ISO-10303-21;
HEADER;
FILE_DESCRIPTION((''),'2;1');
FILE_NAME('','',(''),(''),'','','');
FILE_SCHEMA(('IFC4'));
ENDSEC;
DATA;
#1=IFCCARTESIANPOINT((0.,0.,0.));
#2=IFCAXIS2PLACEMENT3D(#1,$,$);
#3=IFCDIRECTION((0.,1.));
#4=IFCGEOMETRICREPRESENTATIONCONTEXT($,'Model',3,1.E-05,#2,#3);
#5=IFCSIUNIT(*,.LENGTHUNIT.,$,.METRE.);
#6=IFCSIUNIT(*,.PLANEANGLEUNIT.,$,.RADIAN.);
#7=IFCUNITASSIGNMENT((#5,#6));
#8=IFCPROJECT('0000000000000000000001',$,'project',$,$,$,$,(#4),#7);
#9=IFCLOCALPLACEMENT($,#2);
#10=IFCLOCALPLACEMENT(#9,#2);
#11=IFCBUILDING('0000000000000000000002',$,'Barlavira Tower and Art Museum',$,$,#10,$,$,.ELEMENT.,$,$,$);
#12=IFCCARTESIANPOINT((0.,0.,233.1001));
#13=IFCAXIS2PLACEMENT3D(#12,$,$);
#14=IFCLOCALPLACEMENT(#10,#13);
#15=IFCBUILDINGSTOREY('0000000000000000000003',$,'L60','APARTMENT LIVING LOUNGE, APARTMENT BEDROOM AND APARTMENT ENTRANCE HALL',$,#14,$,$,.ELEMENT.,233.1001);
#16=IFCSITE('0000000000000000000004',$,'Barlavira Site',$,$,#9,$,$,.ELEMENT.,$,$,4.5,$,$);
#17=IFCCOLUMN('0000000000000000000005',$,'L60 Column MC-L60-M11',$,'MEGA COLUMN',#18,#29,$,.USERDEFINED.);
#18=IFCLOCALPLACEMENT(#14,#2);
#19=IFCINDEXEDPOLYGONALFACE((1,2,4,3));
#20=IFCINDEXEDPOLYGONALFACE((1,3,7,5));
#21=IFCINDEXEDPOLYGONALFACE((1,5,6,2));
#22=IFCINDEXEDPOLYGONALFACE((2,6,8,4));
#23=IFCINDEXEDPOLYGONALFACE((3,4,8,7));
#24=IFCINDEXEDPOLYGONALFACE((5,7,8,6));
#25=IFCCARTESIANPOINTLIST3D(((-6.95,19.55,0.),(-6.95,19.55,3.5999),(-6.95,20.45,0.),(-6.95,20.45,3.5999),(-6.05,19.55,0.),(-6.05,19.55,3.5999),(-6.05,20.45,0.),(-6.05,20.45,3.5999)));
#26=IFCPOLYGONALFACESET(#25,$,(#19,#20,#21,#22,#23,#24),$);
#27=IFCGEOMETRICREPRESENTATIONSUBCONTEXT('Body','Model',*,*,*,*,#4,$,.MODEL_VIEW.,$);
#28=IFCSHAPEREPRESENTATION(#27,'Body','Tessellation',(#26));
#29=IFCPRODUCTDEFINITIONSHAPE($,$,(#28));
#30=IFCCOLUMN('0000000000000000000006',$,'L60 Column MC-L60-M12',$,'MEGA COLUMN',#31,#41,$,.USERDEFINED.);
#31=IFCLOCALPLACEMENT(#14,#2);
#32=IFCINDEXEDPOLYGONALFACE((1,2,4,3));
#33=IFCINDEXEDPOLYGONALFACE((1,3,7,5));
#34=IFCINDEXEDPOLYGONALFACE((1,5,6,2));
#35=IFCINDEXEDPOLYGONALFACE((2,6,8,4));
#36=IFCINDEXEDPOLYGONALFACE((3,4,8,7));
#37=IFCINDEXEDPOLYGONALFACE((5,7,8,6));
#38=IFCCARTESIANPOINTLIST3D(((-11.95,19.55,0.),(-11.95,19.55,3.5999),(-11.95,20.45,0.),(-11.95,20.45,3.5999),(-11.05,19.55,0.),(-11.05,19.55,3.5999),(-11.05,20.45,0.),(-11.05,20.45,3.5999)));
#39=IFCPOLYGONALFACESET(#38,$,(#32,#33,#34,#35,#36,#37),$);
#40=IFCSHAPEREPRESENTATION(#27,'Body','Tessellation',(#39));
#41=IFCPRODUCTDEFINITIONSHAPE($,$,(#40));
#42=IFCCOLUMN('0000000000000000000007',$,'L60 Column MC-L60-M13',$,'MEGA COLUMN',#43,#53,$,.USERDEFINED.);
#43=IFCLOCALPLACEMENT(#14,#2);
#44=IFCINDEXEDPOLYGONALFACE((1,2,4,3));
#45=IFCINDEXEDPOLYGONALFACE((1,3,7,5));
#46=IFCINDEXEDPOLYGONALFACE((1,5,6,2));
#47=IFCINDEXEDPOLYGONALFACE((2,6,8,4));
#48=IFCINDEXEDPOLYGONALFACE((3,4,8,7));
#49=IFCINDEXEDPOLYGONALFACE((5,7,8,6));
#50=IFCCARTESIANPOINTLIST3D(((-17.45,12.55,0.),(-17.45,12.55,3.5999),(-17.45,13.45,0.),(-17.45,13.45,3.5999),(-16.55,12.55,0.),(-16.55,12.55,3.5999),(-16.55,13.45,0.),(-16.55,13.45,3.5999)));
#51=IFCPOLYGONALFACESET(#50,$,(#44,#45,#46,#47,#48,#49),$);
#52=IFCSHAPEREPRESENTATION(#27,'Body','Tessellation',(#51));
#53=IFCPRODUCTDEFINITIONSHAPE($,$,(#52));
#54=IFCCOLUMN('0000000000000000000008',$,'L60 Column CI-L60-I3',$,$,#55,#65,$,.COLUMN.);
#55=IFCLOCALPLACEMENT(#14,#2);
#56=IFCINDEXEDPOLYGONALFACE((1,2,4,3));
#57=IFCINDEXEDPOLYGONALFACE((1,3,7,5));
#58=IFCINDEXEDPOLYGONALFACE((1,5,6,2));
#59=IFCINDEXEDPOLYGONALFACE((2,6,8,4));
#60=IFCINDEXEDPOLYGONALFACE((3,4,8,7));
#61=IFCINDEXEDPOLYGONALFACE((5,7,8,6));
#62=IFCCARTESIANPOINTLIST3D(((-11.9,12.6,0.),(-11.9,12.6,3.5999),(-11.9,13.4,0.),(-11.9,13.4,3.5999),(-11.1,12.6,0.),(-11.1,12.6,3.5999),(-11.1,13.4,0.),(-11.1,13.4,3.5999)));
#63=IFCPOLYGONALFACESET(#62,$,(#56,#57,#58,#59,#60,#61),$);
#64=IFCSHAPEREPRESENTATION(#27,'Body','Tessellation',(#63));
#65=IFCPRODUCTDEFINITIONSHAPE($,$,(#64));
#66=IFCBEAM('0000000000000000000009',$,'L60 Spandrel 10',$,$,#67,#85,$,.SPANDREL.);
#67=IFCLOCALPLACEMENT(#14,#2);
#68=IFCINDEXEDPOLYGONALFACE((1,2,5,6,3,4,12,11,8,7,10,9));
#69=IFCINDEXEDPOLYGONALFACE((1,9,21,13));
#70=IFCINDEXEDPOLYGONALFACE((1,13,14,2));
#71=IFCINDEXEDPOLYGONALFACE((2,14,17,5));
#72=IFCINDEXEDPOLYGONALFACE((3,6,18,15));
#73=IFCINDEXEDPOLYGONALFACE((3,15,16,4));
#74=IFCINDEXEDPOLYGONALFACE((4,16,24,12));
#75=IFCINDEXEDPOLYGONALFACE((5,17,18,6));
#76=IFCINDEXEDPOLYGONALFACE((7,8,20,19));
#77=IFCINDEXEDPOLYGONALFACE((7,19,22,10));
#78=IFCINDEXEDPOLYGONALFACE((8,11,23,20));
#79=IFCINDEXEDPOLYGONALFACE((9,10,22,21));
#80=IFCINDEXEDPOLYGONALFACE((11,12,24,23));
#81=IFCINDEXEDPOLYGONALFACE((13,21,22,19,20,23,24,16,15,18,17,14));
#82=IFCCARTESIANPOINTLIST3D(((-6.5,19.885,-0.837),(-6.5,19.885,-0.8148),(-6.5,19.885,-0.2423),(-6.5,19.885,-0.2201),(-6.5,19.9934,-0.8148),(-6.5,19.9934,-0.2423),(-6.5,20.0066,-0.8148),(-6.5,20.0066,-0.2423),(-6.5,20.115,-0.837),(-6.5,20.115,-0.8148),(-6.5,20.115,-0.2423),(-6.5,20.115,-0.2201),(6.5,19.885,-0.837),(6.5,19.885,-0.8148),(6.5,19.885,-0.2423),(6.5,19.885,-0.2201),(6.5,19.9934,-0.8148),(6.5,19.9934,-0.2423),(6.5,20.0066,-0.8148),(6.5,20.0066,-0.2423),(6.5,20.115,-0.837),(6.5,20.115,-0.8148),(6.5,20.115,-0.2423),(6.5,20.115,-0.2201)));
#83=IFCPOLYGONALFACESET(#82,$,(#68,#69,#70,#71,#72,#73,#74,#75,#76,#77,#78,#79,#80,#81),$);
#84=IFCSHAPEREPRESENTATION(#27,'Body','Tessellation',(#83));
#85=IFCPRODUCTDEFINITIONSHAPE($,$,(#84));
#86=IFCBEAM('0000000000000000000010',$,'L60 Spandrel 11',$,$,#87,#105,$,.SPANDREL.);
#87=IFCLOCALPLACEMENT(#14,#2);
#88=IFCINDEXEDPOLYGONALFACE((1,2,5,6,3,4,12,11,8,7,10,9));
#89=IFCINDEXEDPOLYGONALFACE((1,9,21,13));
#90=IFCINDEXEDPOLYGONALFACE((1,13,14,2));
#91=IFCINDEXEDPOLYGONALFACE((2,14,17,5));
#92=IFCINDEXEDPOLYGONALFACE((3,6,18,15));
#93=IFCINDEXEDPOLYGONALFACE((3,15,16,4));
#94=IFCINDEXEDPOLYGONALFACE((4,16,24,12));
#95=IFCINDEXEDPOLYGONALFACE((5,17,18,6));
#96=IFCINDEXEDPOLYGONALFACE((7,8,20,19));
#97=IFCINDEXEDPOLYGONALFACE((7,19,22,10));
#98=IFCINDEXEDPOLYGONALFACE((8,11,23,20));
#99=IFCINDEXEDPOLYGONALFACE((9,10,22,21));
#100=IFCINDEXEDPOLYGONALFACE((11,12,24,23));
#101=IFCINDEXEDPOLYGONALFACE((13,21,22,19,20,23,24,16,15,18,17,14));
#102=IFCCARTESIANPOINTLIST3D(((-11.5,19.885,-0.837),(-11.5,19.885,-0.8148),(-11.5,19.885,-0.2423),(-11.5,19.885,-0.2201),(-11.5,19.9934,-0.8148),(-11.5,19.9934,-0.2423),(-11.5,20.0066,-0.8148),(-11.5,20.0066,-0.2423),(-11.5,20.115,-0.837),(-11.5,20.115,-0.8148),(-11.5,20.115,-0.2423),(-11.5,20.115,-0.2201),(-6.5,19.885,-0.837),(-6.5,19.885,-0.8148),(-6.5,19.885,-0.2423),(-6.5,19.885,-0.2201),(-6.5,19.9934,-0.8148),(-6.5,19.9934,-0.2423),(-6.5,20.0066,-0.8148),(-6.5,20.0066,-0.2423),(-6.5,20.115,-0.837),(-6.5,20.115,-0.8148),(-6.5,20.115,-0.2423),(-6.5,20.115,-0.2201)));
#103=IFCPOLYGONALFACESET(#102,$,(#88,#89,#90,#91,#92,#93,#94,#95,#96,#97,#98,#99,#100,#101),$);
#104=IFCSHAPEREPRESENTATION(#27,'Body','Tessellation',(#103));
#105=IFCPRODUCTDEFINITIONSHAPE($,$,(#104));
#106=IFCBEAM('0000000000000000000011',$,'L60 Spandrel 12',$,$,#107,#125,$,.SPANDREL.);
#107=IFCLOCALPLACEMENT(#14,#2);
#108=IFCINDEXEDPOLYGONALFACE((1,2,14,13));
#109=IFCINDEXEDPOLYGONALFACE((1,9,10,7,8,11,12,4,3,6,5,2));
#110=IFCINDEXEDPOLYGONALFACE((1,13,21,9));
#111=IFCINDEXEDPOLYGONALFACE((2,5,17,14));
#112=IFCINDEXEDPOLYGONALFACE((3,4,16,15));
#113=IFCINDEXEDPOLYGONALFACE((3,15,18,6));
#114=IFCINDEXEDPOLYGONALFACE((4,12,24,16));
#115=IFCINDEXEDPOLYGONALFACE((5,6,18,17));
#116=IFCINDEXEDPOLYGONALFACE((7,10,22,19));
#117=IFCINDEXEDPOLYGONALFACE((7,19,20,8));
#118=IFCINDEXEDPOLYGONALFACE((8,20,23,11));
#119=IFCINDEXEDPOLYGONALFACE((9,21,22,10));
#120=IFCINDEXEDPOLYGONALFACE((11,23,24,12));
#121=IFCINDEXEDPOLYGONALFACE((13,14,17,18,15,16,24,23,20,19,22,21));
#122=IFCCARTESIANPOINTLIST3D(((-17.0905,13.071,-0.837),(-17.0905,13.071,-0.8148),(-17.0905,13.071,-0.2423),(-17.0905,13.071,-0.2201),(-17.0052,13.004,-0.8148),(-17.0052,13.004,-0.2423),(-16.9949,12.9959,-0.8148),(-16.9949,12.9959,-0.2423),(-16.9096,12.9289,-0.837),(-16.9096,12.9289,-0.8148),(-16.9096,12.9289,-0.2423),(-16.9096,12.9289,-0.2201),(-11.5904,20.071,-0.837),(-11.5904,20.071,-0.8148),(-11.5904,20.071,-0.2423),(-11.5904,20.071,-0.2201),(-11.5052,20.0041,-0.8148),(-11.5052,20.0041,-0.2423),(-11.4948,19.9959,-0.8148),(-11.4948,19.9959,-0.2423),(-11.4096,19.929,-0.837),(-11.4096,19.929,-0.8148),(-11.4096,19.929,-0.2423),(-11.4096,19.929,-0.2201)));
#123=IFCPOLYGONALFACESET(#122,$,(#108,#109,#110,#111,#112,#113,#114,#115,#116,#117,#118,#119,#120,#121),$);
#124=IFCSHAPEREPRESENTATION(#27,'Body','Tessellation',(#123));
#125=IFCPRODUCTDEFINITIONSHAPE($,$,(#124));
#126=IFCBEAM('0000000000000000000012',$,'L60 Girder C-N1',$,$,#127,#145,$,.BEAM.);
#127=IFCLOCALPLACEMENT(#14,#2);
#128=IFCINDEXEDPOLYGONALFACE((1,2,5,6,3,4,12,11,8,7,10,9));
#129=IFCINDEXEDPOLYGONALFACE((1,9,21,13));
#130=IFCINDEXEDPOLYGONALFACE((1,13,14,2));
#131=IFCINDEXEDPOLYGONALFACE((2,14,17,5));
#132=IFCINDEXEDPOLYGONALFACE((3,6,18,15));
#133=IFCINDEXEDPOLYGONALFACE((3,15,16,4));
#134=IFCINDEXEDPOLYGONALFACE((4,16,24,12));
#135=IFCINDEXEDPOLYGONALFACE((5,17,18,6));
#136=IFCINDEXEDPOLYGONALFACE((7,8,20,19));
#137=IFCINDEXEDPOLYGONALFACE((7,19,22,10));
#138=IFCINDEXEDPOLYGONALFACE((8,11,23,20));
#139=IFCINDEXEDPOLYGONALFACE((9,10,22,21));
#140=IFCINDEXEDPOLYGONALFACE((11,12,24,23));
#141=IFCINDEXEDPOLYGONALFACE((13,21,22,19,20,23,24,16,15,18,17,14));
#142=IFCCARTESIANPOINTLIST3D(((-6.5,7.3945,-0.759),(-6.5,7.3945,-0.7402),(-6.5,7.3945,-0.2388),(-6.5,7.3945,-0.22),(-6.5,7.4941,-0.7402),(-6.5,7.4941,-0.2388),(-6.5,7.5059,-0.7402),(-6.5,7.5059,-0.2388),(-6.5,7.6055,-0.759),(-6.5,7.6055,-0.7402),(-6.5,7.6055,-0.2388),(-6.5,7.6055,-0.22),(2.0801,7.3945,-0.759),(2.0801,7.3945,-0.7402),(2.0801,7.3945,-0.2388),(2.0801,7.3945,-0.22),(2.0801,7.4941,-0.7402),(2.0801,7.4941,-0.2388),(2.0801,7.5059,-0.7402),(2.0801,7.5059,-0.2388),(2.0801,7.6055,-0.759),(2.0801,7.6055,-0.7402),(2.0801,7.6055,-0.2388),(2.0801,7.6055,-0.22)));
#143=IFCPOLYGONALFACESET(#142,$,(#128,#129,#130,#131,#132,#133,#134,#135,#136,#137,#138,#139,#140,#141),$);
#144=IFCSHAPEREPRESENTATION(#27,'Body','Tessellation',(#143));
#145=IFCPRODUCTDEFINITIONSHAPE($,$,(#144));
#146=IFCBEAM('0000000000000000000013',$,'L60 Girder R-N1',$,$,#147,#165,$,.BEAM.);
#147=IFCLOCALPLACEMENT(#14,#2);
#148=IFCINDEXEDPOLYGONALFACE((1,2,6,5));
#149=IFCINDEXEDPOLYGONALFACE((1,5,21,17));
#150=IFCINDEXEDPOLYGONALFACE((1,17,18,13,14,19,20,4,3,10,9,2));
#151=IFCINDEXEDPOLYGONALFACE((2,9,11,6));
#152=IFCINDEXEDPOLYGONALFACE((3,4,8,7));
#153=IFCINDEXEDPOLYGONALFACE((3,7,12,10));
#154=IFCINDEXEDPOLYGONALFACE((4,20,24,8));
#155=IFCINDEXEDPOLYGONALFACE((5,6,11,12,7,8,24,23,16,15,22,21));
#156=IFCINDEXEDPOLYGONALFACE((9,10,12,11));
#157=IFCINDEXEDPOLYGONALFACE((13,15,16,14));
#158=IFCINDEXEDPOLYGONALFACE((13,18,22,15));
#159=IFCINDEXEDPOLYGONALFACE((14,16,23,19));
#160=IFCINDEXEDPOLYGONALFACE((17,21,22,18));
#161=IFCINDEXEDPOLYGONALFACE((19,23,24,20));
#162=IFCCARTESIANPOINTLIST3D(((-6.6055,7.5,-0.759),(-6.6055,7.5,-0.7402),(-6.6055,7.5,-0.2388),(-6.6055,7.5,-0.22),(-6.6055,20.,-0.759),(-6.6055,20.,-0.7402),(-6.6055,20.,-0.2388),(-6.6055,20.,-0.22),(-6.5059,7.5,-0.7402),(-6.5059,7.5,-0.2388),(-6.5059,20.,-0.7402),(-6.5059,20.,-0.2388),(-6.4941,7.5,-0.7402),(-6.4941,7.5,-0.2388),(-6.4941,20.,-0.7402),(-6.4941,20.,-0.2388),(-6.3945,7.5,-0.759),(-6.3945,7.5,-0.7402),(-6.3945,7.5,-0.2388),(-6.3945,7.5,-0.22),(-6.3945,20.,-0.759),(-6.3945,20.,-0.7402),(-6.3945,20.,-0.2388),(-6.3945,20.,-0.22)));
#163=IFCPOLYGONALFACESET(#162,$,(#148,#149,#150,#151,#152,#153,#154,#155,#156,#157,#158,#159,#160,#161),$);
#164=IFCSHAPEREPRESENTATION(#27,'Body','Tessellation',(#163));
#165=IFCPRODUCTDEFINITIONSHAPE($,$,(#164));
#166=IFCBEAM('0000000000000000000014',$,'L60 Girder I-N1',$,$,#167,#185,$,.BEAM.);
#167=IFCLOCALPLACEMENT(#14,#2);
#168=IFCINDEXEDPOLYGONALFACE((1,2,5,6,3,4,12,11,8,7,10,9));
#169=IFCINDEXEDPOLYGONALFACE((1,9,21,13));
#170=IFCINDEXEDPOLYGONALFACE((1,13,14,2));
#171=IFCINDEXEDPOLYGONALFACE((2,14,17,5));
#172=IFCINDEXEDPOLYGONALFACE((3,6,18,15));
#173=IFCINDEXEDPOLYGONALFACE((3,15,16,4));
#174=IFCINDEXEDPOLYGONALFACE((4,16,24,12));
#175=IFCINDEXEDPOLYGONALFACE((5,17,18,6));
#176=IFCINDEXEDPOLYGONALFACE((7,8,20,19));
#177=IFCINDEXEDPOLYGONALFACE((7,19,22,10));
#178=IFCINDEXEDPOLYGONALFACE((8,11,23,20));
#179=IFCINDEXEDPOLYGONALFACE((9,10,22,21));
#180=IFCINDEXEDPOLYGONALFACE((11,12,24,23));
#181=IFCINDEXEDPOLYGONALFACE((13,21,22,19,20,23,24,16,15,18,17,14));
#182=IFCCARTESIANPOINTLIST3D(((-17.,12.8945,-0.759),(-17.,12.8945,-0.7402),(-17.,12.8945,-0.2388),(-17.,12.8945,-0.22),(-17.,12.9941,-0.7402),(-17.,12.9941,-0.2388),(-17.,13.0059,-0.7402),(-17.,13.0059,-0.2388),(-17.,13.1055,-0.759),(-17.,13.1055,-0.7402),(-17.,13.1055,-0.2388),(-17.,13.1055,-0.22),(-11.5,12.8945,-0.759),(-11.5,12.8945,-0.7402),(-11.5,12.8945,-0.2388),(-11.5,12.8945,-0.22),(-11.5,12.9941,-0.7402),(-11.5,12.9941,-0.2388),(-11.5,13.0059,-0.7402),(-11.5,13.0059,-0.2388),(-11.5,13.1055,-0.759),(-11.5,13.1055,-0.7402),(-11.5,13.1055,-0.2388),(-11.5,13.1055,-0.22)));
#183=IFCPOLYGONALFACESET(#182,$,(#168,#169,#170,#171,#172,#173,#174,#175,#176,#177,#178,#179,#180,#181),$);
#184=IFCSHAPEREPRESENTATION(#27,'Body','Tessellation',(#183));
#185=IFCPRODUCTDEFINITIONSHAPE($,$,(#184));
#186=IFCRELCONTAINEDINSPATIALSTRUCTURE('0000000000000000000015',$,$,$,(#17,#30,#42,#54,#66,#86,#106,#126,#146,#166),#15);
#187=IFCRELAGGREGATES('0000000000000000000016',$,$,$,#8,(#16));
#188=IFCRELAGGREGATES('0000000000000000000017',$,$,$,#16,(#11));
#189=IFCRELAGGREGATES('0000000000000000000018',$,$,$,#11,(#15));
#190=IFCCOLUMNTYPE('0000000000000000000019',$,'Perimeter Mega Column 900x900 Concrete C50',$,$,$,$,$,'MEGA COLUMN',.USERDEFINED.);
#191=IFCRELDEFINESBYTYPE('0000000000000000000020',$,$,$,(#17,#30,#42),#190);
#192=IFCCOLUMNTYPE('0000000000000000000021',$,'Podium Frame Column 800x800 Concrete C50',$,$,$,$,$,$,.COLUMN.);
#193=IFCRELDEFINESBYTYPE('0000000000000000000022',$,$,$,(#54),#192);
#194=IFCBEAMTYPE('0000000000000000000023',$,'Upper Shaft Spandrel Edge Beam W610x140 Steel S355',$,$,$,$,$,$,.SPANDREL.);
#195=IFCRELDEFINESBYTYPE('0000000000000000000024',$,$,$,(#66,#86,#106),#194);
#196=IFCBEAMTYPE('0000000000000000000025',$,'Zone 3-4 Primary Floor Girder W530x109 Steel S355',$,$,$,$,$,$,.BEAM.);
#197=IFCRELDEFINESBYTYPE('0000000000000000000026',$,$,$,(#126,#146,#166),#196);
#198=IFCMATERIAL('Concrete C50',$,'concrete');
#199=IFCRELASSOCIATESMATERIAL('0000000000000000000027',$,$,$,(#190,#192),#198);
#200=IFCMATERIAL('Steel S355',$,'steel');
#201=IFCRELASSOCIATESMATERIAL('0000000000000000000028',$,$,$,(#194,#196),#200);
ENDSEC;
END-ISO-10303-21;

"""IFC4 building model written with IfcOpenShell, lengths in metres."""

from ifc_helpers import new_model, si_unit, direction, frame, origin, origin_2d, place, context, subcontext, project, spatial, rectangle, i_section, extrude, material, material_profile, profile_set, type_object, element, save


model = new_model("IFC4")

# Units and contexts
model_context = context("Model", 3, precision=1e-05, world=origin(), true_north=direction((0.0, 1.0)))
body_context = subcontext(model_context, "Body", "Model", "MODEL_VIEW")
ifc_project = project(units=[si_unit("LENGTHUNIT", "METRE"), si_unit("PLANEANGLEUNIT", "RADIAN")], contexts=[model_context])

# Site, building, storey
site_placement = place(None, origin())
site = spatial("IfcSite", under=ifc_project, at=site_placement, Name="Barlavira Site", CompositionType="ELEMENT", RefElevation=4.5)
building_placement = place(site_placement, origin())
building = spatial("IfcBuilding", under=site, at=building_placement, Name="Barlavira Tower and Art Museum", CompositionType="ELEMENT")
storey_placement = place(building_placement, frame((0.0, 0.0, 233.1001)))
storey = spatial("IfcBuildingStorey", under=building, at=storey_placement, Name="L60", Description="APARTMENT LIVING LOUNGE, APARTMENT BEDROOM AND APARTMENT ENTRANCE HALL", CompositionType="ELEMENT", Elevation=233.1001)

# Columns
ifc_material_1 = material(Name="Concrete C50", Category="concrete")
ifc_material_profile_1 = material_profile(ifc_material_1, rectangle(XDim=0.8999, YDim=0.8999, at=origin_2d()), Name="RC-COL 900x900")
ifc_profile_set_1 = profile_set([ifc_material_profile_1], Name="Concrete C50")
column_type_1 = type_object("IfcColumnType", Name="Perimeter Mega Column 900x900 Concrete C50", ElementType="MEGA COLUMN", PredefinedType="USERDEFINED", material=ifc_profile_set_1)
for number, where, z_axis, x_axis, name in (
    (1, (-6.5, 20.0, 0.0), (0.0, 0.0, 1.0), (1.0, 0.0, 0.0), "L60 Column MC-L60-M11"),
    (2, (-11.5, 20.0, 0.0), (0.0, 0.0, 1.0), (1.0, 0.0, 0.0), "L60 Column MC-L60-M12"),
    (3, (-17.0, 13.0, 0.0), (0.0, 0.0, 1.0), (1.0, 0.0, 0.0), "L60 Column MC-L60-M13"),
):
    element("IfcColumn", number, at=place(storey_placement, frame(where, z_axis=z_axis, x_axis=x_axis)), inside=storey, type_object=column_type_1, Name=name, ObjectType="MEGA COLUMN", PredefinedType="USERDEFINED", context=body_context, shape_type="SweptSolid", body=[
        extrude(rectangle(XDim=0.8999, YDim=0.8999, at=origin_2d()), origin(), (0.0, 0.0, 1.0), 3.5999),
    ])
ifc_material_profile_2 = material_profile(ifc_material_1, rectangle(XDim=0.8, YDim=0.8, at=origin_2d()), Name="RC-COL 800x800")
ifc_profile_set_2 = profile_set([ifc_material_profile_2], Name="Concrete C50")
column_type_2 = type_object("IfcColumnType", Name="Podium Frame Column 800x800 Concrete C50", PredefinedType="COLUMN", material=ifc_profile_set_2)
column_placement = place(storey_placement, frame((-11.5, 13.0, 0.0), z_axis=(0.0, 0.0, 1.0), x_axis=(1.0, 0.0, 0.0)))
element("IfcColumn", 4, at=column_placement, inside=storey, type_object=column_type_2, Name="L60 Column CI-L60-I3", PredefinedType="COLUMN", context=body_context, shape_type="SweptSolid", body=[
    extrude(rectangle(XDim=0.8, YDim=0.8, at=origin_2d()), origin(), (0.0, 0.0, 1.0), 3.5999),
])

# Beams
ifc_material_2 = material(Name="Steel S355", Category="steel")
ifc_material_profile_3 = material_profile(ifc_material_2, i_section(OverallWidth=0.23, OverallDepth=0.6169, WebThickness=0.0132, FlangeThickness=0.0222, at=origin_2d()), Name="W610x140.0")
ifc_profile_set_3 = profile_set([ifc_material_profile_3], Name="Steel S355")
beam_type_1 = type_object("IfcBeamType", Name="Upper Shaft Spandrel Edge Beam W610x140 Steel S355", PredefinedType="SPANDREL", material=ifc_profile_set_3)
beam_1_placement = place(storey_placement, frame((-6.5, 20.0, -0.5286), z_axis=(1.0, 0.0, 0.0), x_axis=(0.0, 1.0, 0.0)))
element("IfcBeam", 5, at=beam_1_placement, inside=storey, type_object=beam_type_1, Name="L60 Spandrel 10", PredefinedType="SPANDREL", context=body_context, shape_type="SweptSolid", body=[
    extrude(i_section(OverallWidth=0.23, OverallDepth=0.6169, WebThickness=0.0132, FlangeThickness=0.0222, at=origin_2d()), origin(), (0.0, 0.0, 1.0), 13.0),
])
beam_2_placement = place(storey_placement, frame((-11.5, 20.0, -0.5286), z_axis=(1.0, 0.0, 0.0), x_axis=(0.0, 1.0, 0.0)))
element("IfcBeam", 6, at=beam_2_placement, inside=storey, type_object=beam_type_1, Name="L60 Spandrel 11", PredefinedType="SPANDREL", context=body_context, shape_type="SweptSolid", body=[
    extrude(i_section(OverallWidth=0.23, OverallDepth=0.6169, WebThickness=0.0132, FlangeThickness=0.0222, at=origin_2d()), origin(), (0.0, 0.0, 1.0), 5.0),
])
beam_3_placement = place(storey_placement, frame((-11.5, 20.0, -0.5286), z_axis=(-0.617822, -0.786318, 0.0), x_axis=(0.786318, -0.617822, 0.0)))
element("IfcBeam", 7, at=beam_3_placement, inside=storey, type_object=beam_type_1, Name="L60 Spandrel 12", PredefinedType="SPANDREL", context=body_context, shape_type="SweptSolid", body=[
    extrude(i_section(OverallWidth=0.23, OverallDepth=0.6169, WebThickness=0.0132, FlangeThickness=0.0222, at=origin_2d()), origin(), (0.0, 0.0, 1.0), 8.9023),
])
ifc_material_profile_4 = material_profile(ifc_material_2, i_section(OverallWidth=0.2109, OverallDepth=0.5391, WebThickness=0.0117, FlangeThickness=0.0188, at=origin_2d()), Name="W530x109.0")
ifc_profile_set_4 = profile_set([ifc_material_profile_4], Name="Steel S355")
beam_type_2 = type_object("IfcBeamType", Name="Zone 3-4 Primary Floor Girder W530x109 Steel S355", PredefinedType="BEAM", material=ifc_profile_set_4)
beam_4_placement = place(storey_placement, frame((-6.5, 7.5, -0.4895), z_axis=(1.0, 0.0, 0.0), x_axis=(0.0, 1.0, 0.0)))
element("IfcBeam", 8, at=beam_4_placement, inside=storey, type_object=beam_type_2, Name="L60 Girder C-N1", PredefinedType="BEAM", context=body_context, shape_type="SweptSolid", body=[
    extrude(i_section(OverallWidth=0.2109, OverallDepth=0.5391, WebThickness=0.0117, FlangeThickness=0.0188, at=origin_2d()), origin(), (0.0, 0.0, 1.0), 8.5801),
])
beam_5_placement = place(storey_placement, frame((-6.5, 7.5, -0.4895), z_axis=(0.0, 1.0, 0.0), x_axis=(-1.0, 0.0, 0.0)))
element("IfcBeam", 9, at=beam_5_placement, inside=storey, type_object=beam_type_2, Name="L60 Girder R-N1", PredefinedType="BEAM", context=body_context, shape_type="SweptSolid", body=[
    extrude(i_section(OverallWidth=0.2109, OverallDepth=0.5391, WebThickness=0.0117, FlangeThickness=0.0188, at=origin_2d()), origin(), (0.0, 0.0, 1.0), 12.5),
])
beam_6_placement = place(storey_placement, frame((-17.0, 13.0, -0.4895), z_axis=(1.0, 0.0, 0.0), x_axis=(0.0, 1.0, 0.0)))
element("IfcBeam", 10, at=beam_6_placement, inside=storey, type_object=beam_type_2, Name="L60 Girder I-N1", PredefinedType="BEAM", context=body_context, shape_type="SweptSolid", body=[
    extrude(i_section(OverallWidth=0.2109, OverallDepth=0.5391, WebThickness=0.0117, FlangeThickness=0.0188, at=origin_2d()), origin(), (0.0, 0.0, 1.0), 5.5),
])

save(model, "model.ifc")
